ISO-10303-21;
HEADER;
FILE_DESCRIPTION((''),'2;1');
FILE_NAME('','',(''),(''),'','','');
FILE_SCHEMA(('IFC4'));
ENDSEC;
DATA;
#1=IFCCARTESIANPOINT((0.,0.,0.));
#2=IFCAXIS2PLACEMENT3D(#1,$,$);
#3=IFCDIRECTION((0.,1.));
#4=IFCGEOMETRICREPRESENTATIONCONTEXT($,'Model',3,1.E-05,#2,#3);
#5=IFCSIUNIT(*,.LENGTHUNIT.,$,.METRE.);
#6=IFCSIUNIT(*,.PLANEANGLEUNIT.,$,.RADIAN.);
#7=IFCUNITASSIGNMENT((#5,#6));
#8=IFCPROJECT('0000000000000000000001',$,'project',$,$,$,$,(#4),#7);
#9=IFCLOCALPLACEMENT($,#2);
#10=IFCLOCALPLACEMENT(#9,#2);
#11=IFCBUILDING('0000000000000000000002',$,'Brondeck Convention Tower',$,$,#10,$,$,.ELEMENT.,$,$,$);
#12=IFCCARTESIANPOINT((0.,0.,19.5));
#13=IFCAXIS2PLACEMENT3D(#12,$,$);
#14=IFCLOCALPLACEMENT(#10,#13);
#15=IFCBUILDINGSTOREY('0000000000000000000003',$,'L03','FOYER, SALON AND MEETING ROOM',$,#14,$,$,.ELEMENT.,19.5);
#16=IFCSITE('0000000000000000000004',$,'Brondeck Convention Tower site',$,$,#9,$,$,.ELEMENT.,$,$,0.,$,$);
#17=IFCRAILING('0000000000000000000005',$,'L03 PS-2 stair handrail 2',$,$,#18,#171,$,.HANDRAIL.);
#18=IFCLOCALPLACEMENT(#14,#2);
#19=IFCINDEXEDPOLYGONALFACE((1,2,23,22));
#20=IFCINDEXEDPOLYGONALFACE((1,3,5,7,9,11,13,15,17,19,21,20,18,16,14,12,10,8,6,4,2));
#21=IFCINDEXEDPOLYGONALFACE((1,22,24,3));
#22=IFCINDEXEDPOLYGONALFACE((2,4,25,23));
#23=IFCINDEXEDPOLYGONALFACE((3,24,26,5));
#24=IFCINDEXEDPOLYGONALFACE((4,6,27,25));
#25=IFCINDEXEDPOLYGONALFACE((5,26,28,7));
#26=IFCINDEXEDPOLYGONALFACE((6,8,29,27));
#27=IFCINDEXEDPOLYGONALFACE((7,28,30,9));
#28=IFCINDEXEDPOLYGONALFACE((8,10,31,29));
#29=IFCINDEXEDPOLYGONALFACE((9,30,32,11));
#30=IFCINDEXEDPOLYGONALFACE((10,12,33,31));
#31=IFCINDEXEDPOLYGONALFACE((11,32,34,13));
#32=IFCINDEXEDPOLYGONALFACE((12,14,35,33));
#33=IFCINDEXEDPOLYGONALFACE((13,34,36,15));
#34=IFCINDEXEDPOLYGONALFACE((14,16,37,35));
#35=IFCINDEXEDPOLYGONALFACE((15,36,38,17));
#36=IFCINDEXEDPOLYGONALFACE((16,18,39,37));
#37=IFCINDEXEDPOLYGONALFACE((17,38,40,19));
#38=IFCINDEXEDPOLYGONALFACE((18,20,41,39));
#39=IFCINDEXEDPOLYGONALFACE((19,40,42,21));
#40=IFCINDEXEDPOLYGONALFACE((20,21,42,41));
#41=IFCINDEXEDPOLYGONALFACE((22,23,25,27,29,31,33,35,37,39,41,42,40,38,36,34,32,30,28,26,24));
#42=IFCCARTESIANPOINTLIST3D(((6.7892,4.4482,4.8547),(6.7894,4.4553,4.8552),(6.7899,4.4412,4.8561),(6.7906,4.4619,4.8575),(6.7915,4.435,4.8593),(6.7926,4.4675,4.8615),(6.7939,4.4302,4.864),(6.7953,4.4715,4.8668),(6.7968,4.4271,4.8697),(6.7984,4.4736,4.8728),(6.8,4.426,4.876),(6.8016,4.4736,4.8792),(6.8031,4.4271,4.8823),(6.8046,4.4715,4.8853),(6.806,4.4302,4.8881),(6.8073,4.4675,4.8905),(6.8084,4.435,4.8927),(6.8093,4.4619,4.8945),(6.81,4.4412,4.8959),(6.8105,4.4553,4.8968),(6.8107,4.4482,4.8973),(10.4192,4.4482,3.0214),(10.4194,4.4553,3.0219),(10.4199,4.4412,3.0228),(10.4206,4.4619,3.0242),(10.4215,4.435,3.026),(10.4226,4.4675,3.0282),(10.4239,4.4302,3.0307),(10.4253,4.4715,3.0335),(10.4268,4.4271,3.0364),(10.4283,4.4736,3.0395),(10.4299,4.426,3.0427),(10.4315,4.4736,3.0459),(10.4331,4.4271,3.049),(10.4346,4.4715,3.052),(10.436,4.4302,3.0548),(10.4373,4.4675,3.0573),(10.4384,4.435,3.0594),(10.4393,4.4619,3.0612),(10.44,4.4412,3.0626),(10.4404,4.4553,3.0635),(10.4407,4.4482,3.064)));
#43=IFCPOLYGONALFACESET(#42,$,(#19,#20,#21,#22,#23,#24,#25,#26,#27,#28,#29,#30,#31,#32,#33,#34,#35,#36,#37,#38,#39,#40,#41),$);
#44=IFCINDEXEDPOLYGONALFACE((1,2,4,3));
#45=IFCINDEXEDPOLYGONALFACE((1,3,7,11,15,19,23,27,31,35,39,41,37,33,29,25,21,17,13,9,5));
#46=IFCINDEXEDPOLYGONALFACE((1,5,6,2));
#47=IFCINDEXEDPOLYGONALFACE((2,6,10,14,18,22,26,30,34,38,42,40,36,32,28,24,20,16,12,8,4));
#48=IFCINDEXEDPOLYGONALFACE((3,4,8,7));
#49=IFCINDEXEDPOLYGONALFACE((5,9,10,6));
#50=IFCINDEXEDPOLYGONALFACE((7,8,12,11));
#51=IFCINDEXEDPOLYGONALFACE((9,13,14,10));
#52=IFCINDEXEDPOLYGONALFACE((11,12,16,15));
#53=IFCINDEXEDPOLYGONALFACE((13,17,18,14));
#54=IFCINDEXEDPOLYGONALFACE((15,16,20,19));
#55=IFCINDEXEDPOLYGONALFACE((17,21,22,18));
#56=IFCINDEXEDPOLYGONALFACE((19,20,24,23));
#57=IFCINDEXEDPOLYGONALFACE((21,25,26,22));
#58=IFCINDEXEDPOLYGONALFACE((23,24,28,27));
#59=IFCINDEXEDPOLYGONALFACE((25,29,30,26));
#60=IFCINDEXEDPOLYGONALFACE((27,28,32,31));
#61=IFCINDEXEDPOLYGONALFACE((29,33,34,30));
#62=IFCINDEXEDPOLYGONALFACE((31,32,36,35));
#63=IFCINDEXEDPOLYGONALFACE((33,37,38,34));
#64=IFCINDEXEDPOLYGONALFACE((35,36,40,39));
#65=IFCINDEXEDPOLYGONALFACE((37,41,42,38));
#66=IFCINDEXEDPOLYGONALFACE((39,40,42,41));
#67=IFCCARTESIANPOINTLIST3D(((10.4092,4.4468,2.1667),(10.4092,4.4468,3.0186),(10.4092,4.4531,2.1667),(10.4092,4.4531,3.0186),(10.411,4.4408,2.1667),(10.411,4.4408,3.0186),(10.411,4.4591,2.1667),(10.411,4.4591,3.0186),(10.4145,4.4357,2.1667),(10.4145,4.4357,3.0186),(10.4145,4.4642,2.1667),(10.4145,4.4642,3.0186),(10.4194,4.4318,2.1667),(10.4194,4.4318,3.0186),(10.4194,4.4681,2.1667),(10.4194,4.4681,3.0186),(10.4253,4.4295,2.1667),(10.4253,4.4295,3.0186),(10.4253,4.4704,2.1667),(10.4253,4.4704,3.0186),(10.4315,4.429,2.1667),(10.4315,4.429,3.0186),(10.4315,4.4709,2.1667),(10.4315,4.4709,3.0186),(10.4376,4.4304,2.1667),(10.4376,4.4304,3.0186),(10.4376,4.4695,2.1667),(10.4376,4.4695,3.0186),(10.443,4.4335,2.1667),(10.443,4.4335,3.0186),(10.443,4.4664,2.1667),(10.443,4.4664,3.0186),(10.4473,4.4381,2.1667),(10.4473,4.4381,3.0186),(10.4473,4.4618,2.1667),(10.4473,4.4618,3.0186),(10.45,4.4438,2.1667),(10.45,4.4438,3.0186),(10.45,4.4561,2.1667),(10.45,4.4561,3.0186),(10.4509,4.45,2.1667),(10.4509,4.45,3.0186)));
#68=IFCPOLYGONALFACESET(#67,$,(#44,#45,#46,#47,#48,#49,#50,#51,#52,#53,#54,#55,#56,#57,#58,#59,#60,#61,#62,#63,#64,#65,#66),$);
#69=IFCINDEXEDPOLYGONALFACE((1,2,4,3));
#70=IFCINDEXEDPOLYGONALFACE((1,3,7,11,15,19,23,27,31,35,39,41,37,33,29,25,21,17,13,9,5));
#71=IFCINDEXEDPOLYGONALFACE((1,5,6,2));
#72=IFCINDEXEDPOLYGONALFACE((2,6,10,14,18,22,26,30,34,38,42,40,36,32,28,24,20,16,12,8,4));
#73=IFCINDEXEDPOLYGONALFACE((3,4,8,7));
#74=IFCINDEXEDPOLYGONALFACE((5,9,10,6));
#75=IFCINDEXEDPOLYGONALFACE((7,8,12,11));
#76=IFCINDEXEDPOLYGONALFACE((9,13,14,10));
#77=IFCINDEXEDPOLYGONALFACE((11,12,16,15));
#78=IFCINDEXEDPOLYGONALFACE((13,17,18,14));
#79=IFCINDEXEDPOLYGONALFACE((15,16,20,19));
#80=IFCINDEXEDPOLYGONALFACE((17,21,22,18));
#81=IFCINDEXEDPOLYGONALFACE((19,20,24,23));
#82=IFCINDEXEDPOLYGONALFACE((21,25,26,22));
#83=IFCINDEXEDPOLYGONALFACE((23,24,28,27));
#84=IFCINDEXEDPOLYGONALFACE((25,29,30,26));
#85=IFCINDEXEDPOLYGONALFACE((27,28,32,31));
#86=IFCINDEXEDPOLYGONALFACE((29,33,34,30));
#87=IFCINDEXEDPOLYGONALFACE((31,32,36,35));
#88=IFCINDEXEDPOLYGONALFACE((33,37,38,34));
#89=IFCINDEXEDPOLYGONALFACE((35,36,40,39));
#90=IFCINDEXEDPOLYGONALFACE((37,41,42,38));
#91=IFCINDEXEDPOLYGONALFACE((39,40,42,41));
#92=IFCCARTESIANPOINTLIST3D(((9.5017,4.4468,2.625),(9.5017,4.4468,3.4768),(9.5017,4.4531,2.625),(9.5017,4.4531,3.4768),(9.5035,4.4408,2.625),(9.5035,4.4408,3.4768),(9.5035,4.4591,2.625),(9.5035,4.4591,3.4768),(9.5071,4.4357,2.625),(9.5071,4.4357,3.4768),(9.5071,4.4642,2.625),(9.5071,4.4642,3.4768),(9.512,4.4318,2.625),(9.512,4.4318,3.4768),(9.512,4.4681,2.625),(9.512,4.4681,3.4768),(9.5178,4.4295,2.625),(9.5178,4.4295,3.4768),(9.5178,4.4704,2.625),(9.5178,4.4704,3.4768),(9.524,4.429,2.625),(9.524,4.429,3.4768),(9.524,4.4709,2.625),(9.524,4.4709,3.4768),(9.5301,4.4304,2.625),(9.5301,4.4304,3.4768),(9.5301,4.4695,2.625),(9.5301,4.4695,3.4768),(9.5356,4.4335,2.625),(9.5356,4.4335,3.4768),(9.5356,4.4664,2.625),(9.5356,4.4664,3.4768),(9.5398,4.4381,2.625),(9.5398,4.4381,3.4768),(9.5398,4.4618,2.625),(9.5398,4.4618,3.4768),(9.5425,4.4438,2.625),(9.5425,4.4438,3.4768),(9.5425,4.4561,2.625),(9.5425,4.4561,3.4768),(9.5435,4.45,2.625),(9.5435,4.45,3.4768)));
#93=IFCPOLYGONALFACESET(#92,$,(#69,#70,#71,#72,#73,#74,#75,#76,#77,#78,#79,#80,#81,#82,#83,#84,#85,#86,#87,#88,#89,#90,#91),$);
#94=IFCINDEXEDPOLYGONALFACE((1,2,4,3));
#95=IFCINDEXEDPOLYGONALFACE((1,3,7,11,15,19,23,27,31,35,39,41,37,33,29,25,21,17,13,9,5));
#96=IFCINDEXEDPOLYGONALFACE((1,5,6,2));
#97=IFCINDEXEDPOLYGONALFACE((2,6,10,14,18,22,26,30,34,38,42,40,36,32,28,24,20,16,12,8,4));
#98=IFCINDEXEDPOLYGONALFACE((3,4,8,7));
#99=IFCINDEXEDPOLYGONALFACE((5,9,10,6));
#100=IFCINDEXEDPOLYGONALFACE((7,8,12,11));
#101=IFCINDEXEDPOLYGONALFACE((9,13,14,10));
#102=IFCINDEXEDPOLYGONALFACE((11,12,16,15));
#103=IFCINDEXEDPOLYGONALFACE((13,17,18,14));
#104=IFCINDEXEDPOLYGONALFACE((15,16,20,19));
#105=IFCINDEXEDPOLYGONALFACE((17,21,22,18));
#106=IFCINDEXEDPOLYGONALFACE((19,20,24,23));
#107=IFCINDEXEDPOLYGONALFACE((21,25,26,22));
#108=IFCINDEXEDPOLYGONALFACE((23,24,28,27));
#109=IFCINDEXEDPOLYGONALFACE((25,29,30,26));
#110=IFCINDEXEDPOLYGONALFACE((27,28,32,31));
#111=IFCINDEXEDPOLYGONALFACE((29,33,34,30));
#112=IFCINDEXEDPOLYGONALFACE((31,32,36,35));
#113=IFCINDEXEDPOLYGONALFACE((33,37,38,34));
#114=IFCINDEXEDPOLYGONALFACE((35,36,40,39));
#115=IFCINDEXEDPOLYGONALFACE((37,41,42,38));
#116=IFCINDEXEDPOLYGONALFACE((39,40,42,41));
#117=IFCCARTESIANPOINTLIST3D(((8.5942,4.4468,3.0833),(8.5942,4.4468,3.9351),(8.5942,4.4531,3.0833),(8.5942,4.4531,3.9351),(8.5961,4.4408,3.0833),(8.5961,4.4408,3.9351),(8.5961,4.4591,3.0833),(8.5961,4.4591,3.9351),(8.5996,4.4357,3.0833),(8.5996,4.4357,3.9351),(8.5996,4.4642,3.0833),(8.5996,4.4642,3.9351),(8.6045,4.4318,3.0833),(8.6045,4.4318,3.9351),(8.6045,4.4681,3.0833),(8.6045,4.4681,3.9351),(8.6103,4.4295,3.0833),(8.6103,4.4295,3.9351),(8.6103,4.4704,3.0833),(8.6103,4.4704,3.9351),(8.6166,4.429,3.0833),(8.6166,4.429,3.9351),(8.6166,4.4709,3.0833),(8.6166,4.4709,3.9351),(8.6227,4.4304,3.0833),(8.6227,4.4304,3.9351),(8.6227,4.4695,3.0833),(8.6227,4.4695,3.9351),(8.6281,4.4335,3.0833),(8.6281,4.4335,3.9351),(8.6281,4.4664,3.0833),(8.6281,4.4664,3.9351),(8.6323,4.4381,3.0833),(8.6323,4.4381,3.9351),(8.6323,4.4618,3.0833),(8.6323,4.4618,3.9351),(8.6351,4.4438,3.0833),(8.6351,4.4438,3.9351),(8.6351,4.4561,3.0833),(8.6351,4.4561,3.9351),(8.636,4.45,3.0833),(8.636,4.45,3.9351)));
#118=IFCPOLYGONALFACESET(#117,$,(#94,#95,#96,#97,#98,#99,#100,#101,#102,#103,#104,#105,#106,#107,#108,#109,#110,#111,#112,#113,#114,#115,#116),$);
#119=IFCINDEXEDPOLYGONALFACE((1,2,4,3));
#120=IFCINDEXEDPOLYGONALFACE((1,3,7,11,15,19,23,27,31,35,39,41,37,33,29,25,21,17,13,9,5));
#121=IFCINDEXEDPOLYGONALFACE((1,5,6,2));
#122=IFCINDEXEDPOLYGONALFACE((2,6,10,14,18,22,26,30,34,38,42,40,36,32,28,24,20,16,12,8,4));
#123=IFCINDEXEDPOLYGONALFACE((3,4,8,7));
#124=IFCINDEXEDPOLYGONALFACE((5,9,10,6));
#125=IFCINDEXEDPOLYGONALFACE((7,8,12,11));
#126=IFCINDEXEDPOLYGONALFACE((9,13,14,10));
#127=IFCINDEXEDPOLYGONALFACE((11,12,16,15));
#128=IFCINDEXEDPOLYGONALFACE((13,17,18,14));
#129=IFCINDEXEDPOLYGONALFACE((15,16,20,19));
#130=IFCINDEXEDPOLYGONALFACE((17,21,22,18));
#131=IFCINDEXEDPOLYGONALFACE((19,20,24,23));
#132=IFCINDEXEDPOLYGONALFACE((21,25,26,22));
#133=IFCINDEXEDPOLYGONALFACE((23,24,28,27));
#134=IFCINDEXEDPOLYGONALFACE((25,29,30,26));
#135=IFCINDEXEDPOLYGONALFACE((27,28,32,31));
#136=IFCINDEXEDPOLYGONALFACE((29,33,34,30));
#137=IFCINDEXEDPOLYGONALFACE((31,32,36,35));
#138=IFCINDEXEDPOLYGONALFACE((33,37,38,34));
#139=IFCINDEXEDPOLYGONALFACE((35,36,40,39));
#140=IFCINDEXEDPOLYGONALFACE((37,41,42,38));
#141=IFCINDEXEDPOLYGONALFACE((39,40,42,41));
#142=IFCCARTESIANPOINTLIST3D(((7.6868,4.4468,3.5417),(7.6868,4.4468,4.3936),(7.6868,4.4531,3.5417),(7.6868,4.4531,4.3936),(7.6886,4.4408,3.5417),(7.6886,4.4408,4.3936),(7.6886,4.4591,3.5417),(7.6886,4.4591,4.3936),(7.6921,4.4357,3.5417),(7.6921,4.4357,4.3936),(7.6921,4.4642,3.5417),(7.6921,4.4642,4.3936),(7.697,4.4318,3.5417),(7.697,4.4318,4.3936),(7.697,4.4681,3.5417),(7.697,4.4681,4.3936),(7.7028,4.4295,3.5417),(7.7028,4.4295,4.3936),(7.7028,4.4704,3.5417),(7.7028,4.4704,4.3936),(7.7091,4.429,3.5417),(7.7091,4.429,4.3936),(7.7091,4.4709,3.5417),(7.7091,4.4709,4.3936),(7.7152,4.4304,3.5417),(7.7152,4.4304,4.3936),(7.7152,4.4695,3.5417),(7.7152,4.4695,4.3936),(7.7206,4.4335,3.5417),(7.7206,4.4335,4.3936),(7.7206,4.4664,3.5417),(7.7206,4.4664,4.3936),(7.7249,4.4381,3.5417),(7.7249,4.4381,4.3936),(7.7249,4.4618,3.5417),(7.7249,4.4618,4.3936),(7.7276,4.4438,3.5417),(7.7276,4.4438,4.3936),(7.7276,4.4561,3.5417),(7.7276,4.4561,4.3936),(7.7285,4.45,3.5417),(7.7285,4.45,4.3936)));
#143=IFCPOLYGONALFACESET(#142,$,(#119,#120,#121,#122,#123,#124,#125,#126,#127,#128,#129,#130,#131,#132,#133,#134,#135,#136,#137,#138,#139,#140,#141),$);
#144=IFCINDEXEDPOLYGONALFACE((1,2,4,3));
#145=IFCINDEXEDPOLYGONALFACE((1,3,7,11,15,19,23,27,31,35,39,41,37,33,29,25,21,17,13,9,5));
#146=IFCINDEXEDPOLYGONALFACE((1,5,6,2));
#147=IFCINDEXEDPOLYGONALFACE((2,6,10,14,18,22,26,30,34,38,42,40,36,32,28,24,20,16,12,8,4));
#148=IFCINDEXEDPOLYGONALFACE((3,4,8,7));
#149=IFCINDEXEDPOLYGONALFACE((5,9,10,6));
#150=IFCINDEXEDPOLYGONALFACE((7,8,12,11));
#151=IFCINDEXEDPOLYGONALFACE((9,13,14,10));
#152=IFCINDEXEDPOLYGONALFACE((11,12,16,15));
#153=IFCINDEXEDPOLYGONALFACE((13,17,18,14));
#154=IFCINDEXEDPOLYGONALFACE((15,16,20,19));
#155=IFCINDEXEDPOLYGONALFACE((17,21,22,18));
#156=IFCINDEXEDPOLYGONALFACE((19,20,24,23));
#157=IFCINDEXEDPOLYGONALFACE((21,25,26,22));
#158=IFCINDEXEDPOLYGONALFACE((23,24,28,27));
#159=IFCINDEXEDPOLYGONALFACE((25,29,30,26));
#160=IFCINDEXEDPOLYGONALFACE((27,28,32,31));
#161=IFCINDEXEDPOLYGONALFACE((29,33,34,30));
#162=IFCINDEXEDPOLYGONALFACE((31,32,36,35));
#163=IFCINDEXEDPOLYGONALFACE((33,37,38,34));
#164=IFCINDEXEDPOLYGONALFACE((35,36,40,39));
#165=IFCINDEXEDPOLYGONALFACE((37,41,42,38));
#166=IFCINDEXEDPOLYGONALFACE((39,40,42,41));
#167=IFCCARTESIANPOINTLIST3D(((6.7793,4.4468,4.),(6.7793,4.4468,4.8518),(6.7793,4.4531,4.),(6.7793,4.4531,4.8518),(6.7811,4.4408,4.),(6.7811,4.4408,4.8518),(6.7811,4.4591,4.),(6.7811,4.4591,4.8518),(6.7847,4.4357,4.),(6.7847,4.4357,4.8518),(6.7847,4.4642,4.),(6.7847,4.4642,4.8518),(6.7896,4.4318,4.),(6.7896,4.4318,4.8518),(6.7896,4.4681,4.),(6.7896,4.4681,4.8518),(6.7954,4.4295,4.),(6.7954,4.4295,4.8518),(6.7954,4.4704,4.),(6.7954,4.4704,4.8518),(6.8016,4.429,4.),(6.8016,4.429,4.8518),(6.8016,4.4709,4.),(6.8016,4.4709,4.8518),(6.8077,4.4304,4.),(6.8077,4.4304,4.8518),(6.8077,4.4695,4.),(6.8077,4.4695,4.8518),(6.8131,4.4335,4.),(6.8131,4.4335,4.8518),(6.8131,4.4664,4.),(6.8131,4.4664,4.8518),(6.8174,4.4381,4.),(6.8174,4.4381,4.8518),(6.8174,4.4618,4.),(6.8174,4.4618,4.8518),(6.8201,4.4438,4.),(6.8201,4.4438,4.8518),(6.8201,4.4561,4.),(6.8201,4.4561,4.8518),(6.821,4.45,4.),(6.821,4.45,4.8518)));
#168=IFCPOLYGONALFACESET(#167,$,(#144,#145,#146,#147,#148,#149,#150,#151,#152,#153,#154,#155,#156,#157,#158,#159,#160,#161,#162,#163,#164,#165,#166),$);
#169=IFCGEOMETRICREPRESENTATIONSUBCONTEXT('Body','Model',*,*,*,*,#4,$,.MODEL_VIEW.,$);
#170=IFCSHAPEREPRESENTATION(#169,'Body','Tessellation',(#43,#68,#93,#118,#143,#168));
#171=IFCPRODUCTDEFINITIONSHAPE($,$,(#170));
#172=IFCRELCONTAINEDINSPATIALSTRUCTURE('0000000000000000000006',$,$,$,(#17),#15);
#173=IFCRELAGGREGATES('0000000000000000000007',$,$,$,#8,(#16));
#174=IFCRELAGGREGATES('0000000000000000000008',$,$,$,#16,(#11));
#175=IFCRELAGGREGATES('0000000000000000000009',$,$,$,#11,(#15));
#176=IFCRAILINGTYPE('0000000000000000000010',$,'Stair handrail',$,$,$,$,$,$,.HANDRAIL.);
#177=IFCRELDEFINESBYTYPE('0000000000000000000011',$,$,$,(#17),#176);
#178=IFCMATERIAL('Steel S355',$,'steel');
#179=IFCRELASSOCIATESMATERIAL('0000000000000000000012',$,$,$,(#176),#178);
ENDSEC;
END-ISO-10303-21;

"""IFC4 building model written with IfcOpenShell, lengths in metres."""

from ifc_helpers import new_model, si_unit, direction, frame, origin, origin_2d, place, context, subcontext, project, spatial, circle, extrude, material, type_object, element, save


model = new_model("IFC4")

# Units and contexts
model_context = context("Model", 3, precision=1e-05, world=origin(), true_north=direction((0.0, 1.0)))
body_context = subcontext(model_context, "Body", "Model", "MODEL_VIEW")
ifc_project = project(units=[si_unit("LENGTHUNIT", "METRE"), si_unit("PLANEANGLEUNIT", "RADIAN")], contexts=[model_context])

# Site, building, storey
site_placement = place(None, origin())
site = spatial("IfcSite", under=ifc_project, at=site_placement, Name="Brondeck Convention Tower site", CompositionType="ELEMENT", RefElevation=0.0)
building_placement = place(site_placement, origin())
building = spatial("IfcBuilding", under=site, at=building_placement, Name="Brondeck Convention Tower", CompositionType="ELEMENT")
storey_placement = place(building_placement, frame((0.0, 0.0, 19.5)))
storey = spatial("IfcBuildingStorey", under=building, at=storey_placement, Name="L03", Description="FOYER, SALON AND MEETING ROOM", CompositionType="ELEMENT", Elevation=19.5)

# Railing
ifc_material_1 = material(Name="Steel S355", Category="steel")
railing_type_1 = type_object("IfcRailingType", Name="Stair handrail", PredefinedType="HANDRAIL", material=ifc_material_1)
railing_1_placement = place(storey_placement, frame((10.4299, 4.45, 2.1667)))
element("IfcRailing", 1, at=railing_1_placement, inside=storey, type_object=railing_type_1, Name="L03 PS-2 stair handrail 2", PredefinedType="HANDRAIL", context=body_context, shape_type="SweptSolid", body=[
    extrude(circle(Radius=0.0239, at=origin_2d()), frame((0.0, 0.0, 0.876), z_axis=(-0.892619, 0.0, 0.450812), x_axis=(0.0, -1.0, 0.0)), (0.0, 0.0, 1.0), 4.0667),
    extrude(circle(Radius=0.021, at=origin_2d()), origin(), (0.0, 0.0, 1.0), 0.8518),
    extrude(circle(Radius=0.021, at=origin_2d()), frame((-0.9075, 0.0, 0.4583)), (0.0, 0.0, 1.0), 0.8518),
    extrude(circle(Radius=0.021, at=origin_2d()), frame((-1.8149, 0.0, 0.9165)), (0.0, 0.0, 1.0), 0.8518),
    extrude(circle(Radius=0.021, at=origin_2d()), frame((-2.7224, 0.0, 1.375)), (0.0, 0.0, 1.0), 0.8518),
    extrude(circle(Radius=0.021, at=origin_2d()), frame((-3.6299, 0.0, 1.8333)), (0.0, 0.0, 1.0), 0.8518),
])

save(model, "model.ifc")
